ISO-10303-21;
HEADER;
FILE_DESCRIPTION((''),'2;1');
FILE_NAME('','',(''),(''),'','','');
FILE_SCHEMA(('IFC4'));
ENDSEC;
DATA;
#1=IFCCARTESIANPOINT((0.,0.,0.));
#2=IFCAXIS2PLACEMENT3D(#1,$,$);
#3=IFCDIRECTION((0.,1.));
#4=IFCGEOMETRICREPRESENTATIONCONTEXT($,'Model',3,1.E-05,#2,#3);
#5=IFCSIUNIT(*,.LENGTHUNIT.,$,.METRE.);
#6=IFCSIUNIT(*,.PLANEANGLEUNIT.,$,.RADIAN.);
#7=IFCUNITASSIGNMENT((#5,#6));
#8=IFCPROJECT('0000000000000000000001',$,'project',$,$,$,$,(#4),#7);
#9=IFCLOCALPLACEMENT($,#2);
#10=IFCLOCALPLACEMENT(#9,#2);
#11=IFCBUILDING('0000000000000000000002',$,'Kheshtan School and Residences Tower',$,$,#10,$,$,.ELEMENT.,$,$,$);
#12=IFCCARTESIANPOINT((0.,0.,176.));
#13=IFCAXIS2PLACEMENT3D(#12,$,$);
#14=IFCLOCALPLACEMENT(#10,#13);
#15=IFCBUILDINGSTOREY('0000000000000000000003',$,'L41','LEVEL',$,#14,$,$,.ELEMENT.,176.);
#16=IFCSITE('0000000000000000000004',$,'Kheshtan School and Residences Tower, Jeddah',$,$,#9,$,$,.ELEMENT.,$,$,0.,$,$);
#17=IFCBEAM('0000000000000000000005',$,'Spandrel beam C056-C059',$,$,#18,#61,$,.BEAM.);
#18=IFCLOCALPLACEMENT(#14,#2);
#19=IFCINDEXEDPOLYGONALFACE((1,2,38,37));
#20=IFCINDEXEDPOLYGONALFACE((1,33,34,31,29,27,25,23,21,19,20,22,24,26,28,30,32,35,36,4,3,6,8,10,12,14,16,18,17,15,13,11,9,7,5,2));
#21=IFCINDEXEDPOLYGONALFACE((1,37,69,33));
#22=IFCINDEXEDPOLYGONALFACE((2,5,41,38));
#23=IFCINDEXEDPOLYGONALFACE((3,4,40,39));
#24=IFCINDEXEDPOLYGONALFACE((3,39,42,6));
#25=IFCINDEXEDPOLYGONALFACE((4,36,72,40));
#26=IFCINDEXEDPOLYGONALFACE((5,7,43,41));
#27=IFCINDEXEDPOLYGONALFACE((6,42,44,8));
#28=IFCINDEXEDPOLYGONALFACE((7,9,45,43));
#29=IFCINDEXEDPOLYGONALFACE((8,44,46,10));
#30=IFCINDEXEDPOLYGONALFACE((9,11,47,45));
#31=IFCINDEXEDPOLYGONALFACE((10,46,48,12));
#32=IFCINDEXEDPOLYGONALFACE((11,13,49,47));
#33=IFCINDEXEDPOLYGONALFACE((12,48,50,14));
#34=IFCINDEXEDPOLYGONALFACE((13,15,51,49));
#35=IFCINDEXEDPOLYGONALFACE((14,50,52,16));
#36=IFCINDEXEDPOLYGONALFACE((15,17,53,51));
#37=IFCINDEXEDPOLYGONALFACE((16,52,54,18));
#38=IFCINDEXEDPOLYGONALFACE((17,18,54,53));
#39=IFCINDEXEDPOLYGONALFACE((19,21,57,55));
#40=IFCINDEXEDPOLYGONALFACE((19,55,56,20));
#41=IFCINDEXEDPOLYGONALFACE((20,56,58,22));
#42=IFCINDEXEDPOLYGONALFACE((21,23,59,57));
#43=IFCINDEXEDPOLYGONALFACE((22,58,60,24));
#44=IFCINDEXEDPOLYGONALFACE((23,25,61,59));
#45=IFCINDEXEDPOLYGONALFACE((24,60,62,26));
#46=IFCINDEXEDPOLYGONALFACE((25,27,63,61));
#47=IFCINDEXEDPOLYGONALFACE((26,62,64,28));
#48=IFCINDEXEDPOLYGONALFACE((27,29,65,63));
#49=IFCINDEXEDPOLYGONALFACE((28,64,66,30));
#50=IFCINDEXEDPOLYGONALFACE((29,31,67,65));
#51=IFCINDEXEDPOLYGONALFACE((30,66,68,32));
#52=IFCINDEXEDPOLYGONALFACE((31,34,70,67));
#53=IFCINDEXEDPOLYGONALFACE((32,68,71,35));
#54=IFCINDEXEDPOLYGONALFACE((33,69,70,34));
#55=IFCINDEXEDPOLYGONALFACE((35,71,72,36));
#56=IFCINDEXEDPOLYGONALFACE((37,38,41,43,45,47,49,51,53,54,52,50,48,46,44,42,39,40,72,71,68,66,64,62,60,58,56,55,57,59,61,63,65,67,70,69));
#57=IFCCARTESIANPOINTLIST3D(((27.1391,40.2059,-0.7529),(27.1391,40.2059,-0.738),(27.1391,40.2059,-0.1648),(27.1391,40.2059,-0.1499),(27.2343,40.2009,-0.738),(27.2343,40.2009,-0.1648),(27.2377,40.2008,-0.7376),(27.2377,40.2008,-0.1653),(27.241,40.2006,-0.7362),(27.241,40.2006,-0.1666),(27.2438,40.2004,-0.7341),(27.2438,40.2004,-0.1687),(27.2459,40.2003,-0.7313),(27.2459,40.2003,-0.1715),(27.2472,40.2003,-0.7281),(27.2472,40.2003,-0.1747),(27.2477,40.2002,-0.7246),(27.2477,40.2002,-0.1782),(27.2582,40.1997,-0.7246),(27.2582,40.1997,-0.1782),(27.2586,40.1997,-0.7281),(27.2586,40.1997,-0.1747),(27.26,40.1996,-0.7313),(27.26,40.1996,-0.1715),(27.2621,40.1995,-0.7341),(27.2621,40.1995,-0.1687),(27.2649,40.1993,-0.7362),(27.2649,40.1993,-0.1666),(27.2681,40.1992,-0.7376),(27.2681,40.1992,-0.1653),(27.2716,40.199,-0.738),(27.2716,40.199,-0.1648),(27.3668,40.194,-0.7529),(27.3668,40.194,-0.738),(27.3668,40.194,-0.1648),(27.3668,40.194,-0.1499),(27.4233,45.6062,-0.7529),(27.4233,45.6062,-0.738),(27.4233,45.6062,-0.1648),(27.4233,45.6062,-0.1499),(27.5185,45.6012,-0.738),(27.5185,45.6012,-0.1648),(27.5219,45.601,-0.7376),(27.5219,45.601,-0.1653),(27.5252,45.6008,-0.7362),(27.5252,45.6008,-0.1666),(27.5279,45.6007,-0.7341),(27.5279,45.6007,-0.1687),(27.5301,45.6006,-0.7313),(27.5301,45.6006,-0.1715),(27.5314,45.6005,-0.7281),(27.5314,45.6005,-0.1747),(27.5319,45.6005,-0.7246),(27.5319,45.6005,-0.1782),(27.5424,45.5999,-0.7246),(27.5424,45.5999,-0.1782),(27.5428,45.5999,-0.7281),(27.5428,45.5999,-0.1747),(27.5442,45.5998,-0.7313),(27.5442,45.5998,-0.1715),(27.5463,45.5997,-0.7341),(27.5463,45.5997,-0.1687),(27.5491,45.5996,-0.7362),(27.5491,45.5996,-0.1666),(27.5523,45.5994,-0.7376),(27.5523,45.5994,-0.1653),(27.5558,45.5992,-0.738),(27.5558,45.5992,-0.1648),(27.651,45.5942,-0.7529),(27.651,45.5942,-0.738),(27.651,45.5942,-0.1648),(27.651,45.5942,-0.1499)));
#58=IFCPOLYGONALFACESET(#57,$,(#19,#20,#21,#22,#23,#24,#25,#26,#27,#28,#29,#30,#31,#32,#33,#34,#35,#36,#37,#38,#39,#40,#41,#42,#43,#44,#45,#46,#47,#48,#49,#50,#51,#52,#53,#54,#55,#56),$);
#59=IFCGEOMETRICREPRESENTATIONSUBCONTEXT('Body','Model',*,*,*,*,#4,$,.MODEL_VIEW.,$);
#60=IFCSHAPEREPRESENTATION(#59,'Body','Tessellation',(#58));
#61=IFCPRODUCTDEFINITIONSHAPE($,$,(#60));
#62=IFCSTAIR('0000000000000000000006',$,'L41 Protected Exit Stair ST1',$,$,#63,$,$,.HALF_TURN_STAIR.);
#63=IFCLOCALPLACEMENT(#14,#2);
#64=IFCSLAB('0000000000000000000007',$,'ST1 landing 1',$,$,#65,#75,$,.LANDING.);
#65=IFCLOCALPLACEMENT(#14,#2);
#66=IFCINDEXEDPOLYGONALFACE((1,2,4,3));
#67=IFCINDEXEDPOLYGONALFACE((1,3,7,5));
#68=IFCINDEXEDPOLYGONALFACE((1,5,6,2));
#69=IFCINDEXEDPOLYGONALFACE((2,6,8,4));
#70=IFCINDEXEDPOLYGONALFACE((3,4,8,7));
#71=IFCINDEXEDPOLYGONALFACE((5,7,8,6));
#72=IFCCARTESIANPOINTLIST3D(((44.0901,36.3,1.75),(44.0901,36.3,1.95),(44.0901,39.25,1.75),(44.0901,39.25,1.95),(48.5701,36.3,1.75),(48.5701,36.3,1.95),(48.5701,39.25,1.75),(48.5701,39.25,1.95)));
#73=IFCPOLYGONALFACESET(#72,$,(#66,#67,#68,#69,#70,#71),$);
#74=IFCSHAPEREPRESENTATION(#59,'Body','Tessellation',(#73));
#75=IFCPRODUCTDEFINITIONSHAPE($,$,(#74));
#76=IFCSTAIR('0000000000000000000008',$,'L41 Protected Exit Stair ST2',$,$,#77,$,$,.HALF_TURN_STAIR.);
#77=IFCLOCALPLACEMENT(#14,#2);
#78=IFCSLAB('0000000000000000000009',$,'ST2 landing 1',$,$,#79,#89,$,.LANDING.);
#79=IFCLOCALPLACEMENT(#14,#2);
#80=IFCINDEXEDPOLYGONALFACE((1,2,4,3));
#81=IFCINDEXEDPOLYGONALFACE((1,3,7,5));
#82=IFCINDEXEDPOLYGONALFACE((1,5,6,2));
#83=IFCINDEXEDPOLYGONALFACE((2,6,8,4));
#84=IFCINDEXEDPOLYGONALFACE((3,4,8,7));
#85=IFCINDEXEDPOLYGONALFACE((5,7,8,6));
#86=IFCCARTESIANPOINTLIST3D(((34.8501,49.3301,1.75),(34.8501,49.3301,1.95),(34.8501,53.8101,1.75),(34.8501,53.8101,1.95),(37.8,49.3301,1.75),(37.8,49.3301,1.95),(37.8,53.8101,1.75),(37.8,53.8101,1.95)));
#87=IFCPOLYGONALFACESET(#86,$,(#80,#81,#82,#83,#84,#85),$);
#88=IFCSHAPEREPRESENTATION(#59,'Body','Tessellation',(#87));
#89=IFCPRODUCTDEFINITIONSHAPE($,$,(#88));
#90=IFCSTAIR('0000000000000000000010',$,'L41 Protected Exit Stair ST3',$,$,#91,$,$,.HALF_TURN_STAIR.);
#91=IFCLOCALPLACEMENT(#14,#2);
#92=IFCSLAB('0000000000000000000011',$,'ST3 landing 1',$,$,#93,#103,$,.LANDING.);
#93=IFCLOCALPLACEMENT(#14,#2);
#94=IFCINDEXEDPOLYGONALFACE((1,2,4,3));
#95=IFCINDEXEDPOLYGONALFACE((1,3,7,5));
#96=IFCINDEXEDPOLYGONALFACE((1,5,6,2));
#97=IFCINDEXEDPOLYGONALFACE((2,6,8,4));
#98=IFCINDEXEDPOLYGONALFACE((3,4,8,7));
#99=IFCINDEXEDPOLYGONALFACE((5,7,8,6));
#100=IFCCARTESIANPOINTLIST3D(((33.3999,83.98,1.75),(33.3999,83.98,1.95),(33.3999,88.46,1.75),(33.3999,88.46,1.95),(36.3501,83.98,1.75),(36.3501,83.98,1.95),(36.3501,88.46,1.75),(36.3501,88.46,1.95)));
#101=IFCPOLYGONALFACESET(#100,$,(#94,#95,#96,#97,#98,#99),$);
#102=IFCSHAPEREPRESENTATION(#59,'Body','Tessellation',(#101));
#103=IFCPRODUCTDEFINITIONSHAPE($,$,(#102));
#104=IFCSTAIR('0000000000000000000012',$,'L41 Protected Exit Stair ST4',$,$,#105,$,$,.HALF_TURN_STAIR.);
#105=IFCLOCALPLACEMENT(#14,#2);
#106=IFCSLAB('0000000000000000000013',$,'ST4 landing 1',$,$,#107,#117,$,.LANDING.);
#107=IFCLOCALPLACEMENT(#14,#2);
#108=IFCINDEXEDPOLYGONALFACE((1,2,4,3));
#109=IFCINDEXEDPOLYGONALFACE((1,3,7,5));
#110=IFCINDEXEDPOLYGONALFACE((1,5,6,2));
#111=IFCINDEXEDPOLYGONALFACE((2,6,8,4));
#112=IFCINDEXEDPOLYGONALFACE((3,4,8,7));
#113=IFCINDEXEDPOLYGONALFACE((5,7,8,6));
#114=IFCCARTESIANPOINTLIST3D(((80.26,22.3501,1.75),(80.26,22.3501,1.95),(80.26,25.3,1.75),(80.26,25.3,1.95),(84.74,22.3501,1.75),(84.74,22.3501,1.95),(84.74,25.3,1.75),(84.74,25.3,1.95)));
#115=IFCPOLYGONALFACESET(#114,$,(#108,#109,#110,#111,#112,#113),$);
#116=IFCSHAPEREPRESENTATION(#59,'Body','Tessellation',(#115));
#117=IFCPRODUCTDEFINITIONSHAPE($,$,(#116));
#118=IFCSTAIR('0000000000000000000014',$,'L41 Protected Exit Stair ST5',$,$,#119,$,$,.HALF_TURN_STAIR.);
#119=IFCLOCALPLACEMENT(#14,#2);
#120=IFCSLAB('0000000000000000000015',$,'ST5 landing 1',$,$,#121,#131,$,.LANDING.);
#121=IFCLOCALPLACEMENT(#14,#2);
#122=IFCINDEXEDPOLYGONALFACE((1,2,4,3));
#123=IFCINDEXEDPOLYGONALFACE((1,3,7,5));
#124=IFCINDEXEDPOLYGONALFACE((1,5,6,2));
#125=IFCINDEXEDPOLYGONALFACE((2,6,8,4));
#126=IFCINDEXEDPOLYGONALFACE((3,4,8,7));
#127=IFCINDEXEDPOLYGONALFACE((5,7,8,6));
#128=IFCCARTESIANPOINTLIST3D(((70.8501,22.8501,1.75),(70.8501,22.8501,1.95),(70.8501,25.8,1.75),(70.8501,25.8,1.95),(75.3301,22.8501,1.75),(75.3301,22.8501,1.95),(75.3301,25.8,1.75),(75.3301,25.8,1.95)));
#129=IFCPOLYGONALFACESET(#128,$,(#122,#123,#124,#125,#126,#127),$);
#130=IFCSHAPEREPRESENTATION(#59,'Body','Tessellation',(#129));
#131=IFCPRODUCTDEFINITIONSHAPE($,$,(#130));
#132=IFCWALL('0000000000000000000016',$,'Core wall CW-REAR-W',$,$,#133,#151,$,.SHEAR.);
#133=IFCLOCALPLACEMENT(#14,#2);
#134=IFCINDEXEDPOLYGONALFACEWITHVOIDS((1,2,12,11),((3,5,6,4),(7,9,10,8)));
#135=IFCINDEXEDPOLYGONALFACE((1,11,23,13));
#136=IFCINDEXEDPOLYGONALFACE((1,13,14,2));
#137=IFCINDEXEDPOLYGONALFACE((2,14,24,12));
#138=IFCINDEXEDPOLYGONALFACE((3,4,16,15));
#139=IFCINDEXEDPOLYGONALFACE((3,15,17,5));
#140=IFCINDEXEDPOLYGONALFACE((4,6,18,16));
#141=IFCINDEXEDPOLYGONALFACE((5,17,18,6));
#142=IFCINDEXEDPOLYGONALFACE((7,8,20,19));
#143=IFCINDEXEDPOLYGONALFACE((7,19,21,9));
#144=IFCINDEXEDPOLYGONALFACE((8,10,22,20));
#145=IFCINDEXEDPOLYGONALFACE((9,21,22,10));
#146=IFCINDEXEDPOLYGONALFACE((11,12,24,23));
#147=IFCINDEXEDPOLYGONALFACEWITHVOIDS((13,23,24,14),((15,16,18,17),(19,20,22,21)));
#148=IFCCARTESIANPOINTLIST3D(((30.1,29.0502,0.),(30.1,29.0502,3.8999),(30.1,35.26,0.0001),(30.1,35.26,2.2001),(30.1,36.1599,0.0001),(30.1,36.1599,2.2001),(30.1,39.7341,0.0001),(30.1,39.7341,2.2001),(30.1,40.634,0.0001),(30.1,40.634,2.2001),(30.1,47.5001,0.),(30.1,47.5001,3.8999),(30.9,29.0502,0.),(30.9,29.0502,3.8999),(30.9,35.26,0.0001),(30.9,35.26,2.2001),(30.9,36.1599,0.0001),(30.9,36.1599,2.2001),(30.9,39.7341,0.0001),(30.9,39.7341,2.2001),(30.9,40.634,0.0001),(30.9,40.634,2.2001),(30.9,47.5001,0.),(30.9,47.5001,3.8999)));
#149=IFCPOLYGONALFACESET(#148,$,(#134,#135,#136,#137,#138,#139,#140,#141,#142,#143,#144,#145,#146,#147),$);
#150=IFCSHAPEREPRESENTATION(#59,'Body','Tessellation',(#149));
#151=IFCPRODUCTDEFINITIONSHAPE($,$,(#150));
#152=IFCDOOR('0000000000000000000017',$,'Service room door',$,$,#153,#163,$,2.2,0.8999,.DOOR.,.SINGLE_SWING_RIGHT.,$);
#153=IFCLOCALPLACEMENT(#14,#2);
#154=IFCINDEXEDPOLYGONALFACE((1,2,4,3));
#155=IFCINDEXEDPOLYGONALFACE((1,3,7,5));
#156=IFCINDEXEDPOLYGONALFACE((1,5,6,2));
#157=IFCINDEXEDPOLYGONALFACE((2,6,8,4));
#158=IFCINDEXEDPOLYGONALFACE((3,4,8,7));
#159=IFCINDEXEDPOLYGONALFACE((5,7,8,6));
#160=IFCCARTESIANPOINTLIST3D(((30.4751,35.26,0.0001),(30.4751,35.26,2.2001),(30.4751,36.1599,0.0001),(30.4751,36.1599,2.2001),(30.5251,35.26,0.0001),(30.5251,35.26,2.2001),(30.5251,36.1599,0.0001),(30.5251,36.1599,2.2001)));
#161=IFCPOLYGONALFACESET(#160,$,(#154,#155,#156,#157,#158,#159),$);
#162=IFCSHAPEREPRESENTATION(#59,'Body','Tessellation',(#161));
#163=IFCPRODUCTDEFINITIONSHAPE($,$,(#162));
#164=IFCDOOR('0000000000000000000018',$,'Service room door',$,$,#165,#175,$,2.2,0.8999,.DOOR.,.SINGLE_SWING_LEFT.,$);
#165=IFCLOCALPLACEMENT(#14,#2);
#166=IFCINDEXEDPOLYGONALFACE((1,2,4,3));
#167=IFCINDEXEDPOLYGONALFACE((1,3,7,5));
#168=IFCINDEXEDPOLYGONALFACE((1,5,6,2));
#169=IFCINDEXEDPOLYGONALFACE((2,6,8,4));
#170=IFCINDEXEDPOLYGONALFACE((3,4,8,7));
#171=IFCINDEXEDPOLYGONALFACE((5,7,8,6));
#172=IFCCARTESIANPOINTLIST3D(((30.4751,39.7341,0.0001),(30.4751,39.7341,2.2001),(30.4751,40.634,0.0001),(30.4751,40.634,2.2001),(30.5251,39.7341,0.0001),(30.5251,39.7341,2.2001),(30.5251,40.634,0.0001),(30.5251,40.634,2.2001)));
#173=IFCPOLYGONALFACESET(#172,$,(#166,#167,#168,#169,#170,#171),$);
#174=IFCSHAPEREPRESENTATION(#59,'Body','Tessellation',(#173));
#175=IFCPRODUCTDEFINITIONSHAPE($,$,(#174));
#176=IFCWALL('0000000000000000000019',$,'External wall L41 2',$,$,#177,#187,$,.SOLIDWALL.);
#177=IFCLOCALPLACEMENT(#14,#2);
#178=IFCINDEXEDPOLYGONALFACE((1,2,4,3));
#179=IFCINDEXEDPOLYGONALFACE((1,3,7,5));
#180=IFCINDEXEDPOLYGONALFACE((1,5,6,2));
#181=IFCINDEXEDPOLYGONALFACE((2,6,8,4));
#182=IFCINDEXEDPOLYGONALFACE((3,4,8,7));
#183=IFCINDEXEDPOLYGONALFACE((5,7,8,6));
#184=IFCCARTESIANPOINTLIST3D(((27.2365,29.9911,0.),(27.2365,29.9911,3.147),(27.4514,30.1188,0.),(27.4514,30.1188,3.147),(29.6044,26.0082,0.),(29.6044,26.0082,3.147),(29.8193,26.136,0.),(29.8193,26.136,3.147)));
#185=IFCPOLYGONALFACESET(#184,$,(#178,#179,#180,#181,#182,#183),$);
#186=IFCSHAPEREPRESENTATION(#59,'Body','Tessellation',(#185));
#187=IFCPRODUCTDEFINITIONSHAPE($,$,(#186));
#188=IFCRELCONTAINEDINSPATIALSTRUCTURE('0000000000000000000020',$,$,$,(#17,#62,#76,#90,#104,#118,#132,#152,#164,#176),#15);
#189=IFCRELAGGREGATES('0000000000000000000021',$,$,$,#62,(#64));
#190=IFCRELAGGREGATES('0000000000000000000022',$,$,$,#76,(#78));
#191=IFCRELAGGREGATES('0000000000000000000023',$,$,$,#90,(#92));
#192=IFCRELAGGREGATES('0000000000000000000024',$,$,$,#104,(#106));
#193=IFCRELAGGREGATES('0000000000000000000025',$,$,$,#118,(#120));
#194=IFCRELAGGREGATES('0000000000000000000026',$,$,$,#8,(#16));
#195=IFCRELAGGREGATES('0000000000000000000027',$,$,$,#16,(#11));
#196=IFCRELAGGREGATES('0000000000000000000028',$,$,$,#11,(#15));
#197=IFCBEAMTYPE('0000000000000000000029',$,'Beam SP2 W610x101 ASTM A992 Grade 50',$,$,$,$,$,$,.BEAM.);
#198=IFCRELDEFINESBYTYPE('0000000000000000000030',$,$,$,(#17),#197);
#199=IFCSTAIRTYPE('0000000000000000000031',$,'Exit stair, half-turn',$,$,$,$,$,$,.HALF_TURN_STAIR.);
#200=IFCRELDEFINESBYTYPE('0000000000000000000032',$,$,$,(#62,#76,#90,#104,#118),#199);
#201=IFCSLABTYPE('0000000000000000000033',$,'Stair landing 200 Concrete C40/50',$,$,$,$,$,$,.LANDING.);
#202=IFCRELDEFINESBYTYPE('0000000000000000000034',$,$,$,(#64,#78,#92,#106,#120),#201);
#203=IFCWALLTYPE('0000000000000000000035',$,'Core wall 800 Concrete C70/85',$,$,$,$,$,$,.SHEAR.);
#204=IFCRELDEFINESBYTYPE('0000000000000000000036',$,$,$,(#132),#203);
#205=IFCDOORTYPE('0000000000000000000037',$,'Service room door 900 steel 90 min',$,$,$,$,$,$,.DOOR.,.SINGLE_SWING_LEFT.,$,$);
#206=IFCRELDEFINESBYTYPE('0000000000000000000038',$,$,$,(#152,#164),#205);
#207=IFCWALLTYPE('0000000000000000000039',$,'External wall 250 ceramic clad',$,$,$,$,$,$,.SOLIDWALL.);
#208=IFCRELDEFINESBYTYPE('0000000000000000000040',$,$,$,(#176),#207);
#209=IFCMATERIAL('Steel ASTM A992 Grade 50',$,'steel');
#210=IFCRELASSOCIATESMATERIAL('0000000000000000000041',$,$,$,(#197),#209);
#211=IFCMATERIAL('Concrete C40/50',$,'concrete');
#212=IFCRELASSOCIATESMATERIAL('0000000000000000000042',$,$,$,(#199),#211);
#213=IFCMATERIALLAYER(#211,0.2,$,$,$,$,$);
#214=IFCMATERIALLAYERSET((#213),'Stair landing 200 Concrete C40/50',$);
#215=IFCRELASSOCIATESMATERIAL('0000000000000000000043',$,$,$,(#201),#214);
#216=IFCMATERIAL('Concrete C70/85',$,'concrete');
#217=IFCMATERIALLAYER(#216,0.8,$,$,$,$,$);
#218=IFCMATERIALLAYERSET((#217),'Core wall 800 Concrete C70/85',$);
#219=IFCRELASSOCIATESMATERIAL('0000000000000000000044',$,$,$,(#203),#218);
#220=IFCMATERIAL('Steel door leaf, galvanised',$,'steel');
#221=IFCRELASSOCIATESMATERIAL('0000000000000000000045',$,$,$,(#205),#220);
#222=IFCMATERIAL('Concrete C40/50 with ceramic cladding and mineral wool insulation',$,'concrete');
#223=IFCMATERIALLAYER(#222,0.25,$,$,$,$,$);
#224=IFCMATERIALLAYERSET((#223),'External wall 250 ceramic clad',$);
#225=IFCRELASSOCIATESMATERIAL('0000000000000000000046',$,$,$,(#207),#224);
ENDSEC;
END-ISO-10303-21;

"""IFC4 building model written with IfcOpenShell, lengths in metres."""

from ifc_helpers import new_model, si_unit, direction, frame, frame_2d, origin, origin_2d, place, context, subcontext, project, spatial, polyline, rectangle, i_section, outline, extrude, source, transform, mapped, material, layer, layer_set, material_profile, profile_set, type_object, element, fill, aggregate, save


model = new_model("IFC4")

# Units and contexts
model_context = context("Model", 3, precision=1e-05, world=origin(), true_north=direction((0.0, 1.0)))
body_context = subcontext(model_context, "Body", "Model", "MODEL_VIEW")
ifc_project = project(units=[si_unit("LENGTHUNIT", "METRE"), si_unit("PLANEANGLEUNIT", "RADIAN")], contexts=[model_context])

# Site, building, storey
site_placement = place(None, origin())
site = spatial("IfcSite", under=ifc_project, at=site_placement, Name="Kheshtan School and Residences Tower, Jeddah", CompositionType="ELEMENT", RefElevation=0.0)
building_placement = place(site_placement, origin())
building = spatial("IfcBuilding", under=site, at=building_placement, Name="Kheshtan School and Residences Tower", CompositionType="ELEMENT")
storey_placement = place(building_placement, frame((0.0, 0.0, 176.0)))
storey = spatial("IfcBuildingStorey", under=building, at=storey_placement, Name="L41", Description="LEVEL", CompositionType="ELEMENT", Elevation=176.0)

# Shared definitions
ifc_material_1 = material(Name="Steel ASTM A992 Grade 50", Category="steel")

# Beam
ifc_material_profile_1 = material_profile(ifc_material_1, i_section(OverallWidth=0.228, OverallDepth=0.603, WebThickness=0.0105, FlangeThickness=0.0149, FilletRadius=0.0134, at=origin_2d()), Name="W610x101")
ifc_profile_set_1 = profile_set([ifc_material_profile_1], Name="Steel ASTM A992 Grade 50")
beam_type_1 = type_object("IfcBeamType", Name="Beam SP2 W610x101 ASTM A992 Grade 50", PredefinedType="BEAM", material=ifc_profile_set_1)
beam_1_placement = place(storey_placement, frame((27.2529, 40.2, -0.4514), z_axis=(0.052552, 0.998618, 0.0), x_axis=(-0.998618, 0.052552, 0.0)))
element("IfcBeam", 1, at=beam_1_placement, inside=storey, type_object=beam_type_1, Name="Spandrel beam C056-C059", PredefinedType="BEAM", context=body_context, shape_type="SweptSolid", body=[
    extrude(i_section(OverallWidth=0.228, OverallDepth=0.603, WebThickness=0.0105, FlangeThickness=0.0149, FilletRadius=0.0134, at=origin_2d()), origin(), (0.0, 0.0, 1.0), 5.4077),
])

# Shared definitions
ifc_material_2 = material(Name="Concrete C40/50", Category="concrete")

# Stairs, slabs
stair_type = type_object("IfcStairType", Name="Exit stair, half-turn", PredefinedType="HALF_TURN_STAIR", material=ifc_material_2)
stair_1_placement = place(storey_placement, origin())
stair_1 = element("IfcStair", 2, at=stair_1_placement, inside=storey, type_object=stair_type, Name="L41 Protected Exit Stair ST1", PredefinedType="HALF_TURN_STAIR")
ifc_layer_1 = layer(ifc_material_2, 0.2)
ifc_layer_set_1 = layer_set([ifc_layer_1], Name="Stair landing 200 Concrete C40/50")
slab_type_1 = type_object("IfcSlabType", Name="Stair landing 200 Concrete C40/50", PredefinedType="LANDING", material=ifc_layer_set_1)
slab_1_placement = place(storey_placement, frame((0.0, 0.0, 1.75)))
slab_1 = element("IfcSlab", 3, at=slab_1_placement, type_object=slab_type_1, Name="ST1 landing 1", PredefinedType="LANDING", context=body_context, shape_type="SweptSolid", body=[
    extrude(outline(polyline([(48.5701, 39.25), (44.0901, 39.25), (44.0901, 36.3), (48.5701, 36.3), (48.5701, 39.25)])), origin(), (0.0, 0.0, 1.0), 0.2),
])
aggregate(stair_1, [slab_1])
stair_2_placement = place(storey_placement, origin())
stair_2 = element("IfcStair", 4, at=stair_2_placement, inside=storey, type_object=stair_type, Name="L41 Protected Exit Stair ST2", PredefinedType="HALF_TURN_STAIR")
slab_2_placement = place(storey_placement, frame((0.0, 0.0, 1.75)))
slab_2 = element("IfcSlab", 5, at=slab_2_placement, type_object=slab_type_1, Name="ST2 landing 1", PredefinedType="LANDING", context=body_context, shape_type="SweptSolid", body=[
    extrude(outline(polyline([(37.8, 49.3301), (37.8, 53.8101), (34.8501, 53.8101), (34.8501, 49.3301), (37.8, 49.3301)])), origin(), (0.0, 0.0, 1.0), 0.2),
])
aggregate(stair_2, [slab_2])
stair_3_placement = place(storey_placement, origin())
stair_3 = element("IfcStair", 6, at=stair_3_placement, inside=storey, type_object=stair_type, Name="L41 Protected Exit Stair ST3", PredefinedType="HALF_TURN_STAIR")
slab_3_placement = place(storey_placement, frame((0.0, 0.0, 1.75)))
slab_3 = element("IfcSlab", 7, at=slab_3_placement, type_object=slab_type_1, Name="ST3 landing 1", PredefinedType="LANDING", context=body_context, shape_type="SweptSolid", body=[
    extrude(outline(polyline([(36.3501, 83.98), (36.3501, 88.46), (33.3999, 88.46), (33.3999, 83.98), (36.3501, 83.98)])), origin(), (0.0, 0.0, 1.0), 0.2),
])
aggregate(stair_3, [slab_3])
stair_4_placement = place(storey_placement, origin())
stair_4 = element("IfcStair", 8, at=stair_4_placement, inside=storey, type_object=stair_type, Name="L41 Protected Exit Stair ST4", PredefinedType="HALF_TURN_STAIR")
slab_4_placement = place(storey_placement, frame((0.0, 0.0, 1.75)))
slab_4 = element("IfcSlab", 9, at=slab_4_placement, type_object=slab_type_1, Name="ST4 landing 1", PredefinedType="LANDING", context=body_context, shape_type="SweptSolid", body=[
    extrude(outline(polyline([(84.74, 25.3), (80.26, 25.3), (80.26, 22.3501), (84.74, 22.3501), (84.74, 25.3)])), origin(), (0.0, 0.0, 1.0), 0.2),
])
aggregate(stair_4, [slab_4])
stair_5_placement = place(storey_placement, origin())
stair_5 = element("IfcStair", 10, at=stair_5_placement, inside=storey, type_object=stair_type, Name="L41 Protected Exit Stair ST5", PredefinedType="HALF_TURN_STAIR")
slab_5_placement = place(storey_placement, frame((0.0, 0.0, 1.75)))
slab_5 = element("IfcSlab", 11, at=slab_5_placement, type_object=slab_type_1, Name="ST5 landing 1", PredefinedType="LANDING", context=body_context, shape_type="SweptSolid", body=[
    extrude(outline(polyline([(75.3301, 25.8), (70.8501, 25.8), (70.8501, 22.8501), (75.3301, 22.8501), (75.3301, 25.8)])), origin(), (0.0, 0.0, 1.0), 0.2),
])
aggregate(stair_5, [slab_5])

# Wall, openings, doors
ifc_material_3 = material(Name="Concrete C70/85", Category="concrete")
ifc_layer_2 = layer(ifc_material_3, 0.8)
ifc_layer_set_2 = layer_set([ifc_layer_2], Name="Core wall 800 Concrete C70/85")
wall_type_1 = type_object("IfcWallType", Name="Core wall 800 Concrete C70/85", PredefinedType="SHEAR", material=ifc_layer_set_2)
wall_1_placement = place(storey_placement, frame((30.5, 29.05, 0.0), z_axis=(0.0, 0.0, 1.0), x_axis=(0.0, 1.0, 0.0)))
wall_1 = element("IfcWall", 12, at=wall_1_placement, inside=storey, type_object=wall_type_1, Name="Core wall CW-REAR-W", PredefinedType="SHEAR", context=body_context, shape_type="SweptSolid", body=[
    extrude(rectangle(XDim=18.45, YDim=0.8, at=frame_2d((9.2251, 0.0))), origin(), (0.0, 0.0, 1.0), 3.8999),
])
opening_1_placement = place(wall_1_placement, frame((6.21, 0.0, 0.0)))
opening_1 = element("IfcOpeningElement", 13, at=opening_1_placement, cuts=wall_1, PredefinedType="OPENING", context=body_context, shape_type="SweptSolid", body=[
    extrude(rectangle(XDim=0.8999, YDim=2.2, at=frame_2d((0.45, 1.1001))), frame((0.0, 0.4102, 0.0), z_axis=(0.0, -1.0, 0.0), x_axis=(1.0, 0.0, 0.0)), (0.0, 0.0, 1.0), 0.8201),
])
opening_2_placement = place(wall_1_placement, frame((10.6841, 0.0, 0.0)))
opening_2 = element("IfcOpeningElement", 14, at=opening_2_placement, cuts=wall_1, PredefinedType="OPENING", context=body_context, shape_type="SweptSolid", body=[
    extrude(rectangle(XDim=0.8999, YDim=2.2, at=frame_2d((0.45, 1.1001))), frame((0.0, 0.4102, 0.0), z_axis=(0.0, -1.0, 0.0), x_axis=(1.0, 0.0, 0.0)), (0.0, 0.0, 1.0), 0.8201),
])
ifc_material_4 = material(Name="Steel door leaf, galvanised", Category="steel")
door_type = type_object("IfcDoorType", Name="Service room door 900 steel 90 min", OperationType="SINGLE_SWING_LEFT", PredefinedType="DOOR", material=ifc_material_4)
shared_shape = source(origin(), body_context, "Body", "SweptSolid", [
    extrude(rectangle(XDim=0.8999, YDim=2.2, at=frame_2d((0.45, 1.1001))), frame((0.0, 0.0249, 0.0), z_axis=(0.0, -1.0, 0.0), x_axis=(1.0, 0.0, 0.0)), (0.0, 0.0, 1.0), 0.05),
])
door_1_placement = place(opening_1_placement, origin())
door_1 = element("IfcDoor", 15, at=door_1_placement, inside=storey, type_object=door_type, Name="Service room door", OperationType="SINGLE_SWING_RIGHT", OverallHeight=2.2, OverallWidth=0.8999, PredefinedType="DOOR", context=body_context, shape_type="MappedRepresentation", body=[
    mapped(shared_shape, transform((0.0, 0.0, 0.0), x_axis=(1.0, 0.0, 0.0), y_axis=(0.0, 1.0, 0.0), z_axis=(0.0, 0.0, 1.0), scale=1.0)),
])
fill(opening_1, door_1)
door_2_placement = place(opening_2_placement, origin())
door_2 = element("IfcDoor", 16, at=door_2_placement, inside=storey, type_object=door_type, Name="Service room door", OperationType="SINGLE_SWING_LEFT", OverallHeight=2.2, OverallWidth=0.8999, PredefinedType="DOOR", context=body_context, shape_type="MappedRepresentation", body=[
    mapped(shared_shape, transform((0.0, 0.0, 0.0), x_axis=(1.0, 0.0, 0.0), y_axis=(0.0, 1.0, 0.0), z_axis=(0.0, 0.0, 1.0), scale=1.0)),
])
fill(opening_2, door_2)

# Wall
ifc_material_5 = material(Name="Concrete C40/50 with ceramic cladding and mineral wool insulation", Category="concrete")
ifc_layer_3 = layer(ifc_material_5, 0.25)
ifc_layer_set_3 = layer_set([ifc_layer_3], Name="External wall 250 ceramic clad")
wall_type_2 = type_object("IfcWallType", Name="External wall 250 ceramic clad", PredefinedType="SOLIDWALL", material=ifc_layer_set_3)
wall_2_placement = place(storey_placement, frame((29.7119, 26.072, 0.0), z_axis=(0.0, 0.0, 1.0), x_axis=(-0.511028, 0.859564, 0.0)))
element("IfcWall", 17, at=wall_2_placement, inside=storey, type_object=wall_type_2, Name="External wall L41 2", PredefinedType="SOLIDWALL", context=body_context, shape_type="SweptSolid", body=[
    extrude(rectangle(XDim=4.6335, YDim=0.25, at=frame_2d((2.3169, 0.0))), origin(), (0.0, 0.0, 1.0), 3.147),
])

save(model, "model.ifc")
